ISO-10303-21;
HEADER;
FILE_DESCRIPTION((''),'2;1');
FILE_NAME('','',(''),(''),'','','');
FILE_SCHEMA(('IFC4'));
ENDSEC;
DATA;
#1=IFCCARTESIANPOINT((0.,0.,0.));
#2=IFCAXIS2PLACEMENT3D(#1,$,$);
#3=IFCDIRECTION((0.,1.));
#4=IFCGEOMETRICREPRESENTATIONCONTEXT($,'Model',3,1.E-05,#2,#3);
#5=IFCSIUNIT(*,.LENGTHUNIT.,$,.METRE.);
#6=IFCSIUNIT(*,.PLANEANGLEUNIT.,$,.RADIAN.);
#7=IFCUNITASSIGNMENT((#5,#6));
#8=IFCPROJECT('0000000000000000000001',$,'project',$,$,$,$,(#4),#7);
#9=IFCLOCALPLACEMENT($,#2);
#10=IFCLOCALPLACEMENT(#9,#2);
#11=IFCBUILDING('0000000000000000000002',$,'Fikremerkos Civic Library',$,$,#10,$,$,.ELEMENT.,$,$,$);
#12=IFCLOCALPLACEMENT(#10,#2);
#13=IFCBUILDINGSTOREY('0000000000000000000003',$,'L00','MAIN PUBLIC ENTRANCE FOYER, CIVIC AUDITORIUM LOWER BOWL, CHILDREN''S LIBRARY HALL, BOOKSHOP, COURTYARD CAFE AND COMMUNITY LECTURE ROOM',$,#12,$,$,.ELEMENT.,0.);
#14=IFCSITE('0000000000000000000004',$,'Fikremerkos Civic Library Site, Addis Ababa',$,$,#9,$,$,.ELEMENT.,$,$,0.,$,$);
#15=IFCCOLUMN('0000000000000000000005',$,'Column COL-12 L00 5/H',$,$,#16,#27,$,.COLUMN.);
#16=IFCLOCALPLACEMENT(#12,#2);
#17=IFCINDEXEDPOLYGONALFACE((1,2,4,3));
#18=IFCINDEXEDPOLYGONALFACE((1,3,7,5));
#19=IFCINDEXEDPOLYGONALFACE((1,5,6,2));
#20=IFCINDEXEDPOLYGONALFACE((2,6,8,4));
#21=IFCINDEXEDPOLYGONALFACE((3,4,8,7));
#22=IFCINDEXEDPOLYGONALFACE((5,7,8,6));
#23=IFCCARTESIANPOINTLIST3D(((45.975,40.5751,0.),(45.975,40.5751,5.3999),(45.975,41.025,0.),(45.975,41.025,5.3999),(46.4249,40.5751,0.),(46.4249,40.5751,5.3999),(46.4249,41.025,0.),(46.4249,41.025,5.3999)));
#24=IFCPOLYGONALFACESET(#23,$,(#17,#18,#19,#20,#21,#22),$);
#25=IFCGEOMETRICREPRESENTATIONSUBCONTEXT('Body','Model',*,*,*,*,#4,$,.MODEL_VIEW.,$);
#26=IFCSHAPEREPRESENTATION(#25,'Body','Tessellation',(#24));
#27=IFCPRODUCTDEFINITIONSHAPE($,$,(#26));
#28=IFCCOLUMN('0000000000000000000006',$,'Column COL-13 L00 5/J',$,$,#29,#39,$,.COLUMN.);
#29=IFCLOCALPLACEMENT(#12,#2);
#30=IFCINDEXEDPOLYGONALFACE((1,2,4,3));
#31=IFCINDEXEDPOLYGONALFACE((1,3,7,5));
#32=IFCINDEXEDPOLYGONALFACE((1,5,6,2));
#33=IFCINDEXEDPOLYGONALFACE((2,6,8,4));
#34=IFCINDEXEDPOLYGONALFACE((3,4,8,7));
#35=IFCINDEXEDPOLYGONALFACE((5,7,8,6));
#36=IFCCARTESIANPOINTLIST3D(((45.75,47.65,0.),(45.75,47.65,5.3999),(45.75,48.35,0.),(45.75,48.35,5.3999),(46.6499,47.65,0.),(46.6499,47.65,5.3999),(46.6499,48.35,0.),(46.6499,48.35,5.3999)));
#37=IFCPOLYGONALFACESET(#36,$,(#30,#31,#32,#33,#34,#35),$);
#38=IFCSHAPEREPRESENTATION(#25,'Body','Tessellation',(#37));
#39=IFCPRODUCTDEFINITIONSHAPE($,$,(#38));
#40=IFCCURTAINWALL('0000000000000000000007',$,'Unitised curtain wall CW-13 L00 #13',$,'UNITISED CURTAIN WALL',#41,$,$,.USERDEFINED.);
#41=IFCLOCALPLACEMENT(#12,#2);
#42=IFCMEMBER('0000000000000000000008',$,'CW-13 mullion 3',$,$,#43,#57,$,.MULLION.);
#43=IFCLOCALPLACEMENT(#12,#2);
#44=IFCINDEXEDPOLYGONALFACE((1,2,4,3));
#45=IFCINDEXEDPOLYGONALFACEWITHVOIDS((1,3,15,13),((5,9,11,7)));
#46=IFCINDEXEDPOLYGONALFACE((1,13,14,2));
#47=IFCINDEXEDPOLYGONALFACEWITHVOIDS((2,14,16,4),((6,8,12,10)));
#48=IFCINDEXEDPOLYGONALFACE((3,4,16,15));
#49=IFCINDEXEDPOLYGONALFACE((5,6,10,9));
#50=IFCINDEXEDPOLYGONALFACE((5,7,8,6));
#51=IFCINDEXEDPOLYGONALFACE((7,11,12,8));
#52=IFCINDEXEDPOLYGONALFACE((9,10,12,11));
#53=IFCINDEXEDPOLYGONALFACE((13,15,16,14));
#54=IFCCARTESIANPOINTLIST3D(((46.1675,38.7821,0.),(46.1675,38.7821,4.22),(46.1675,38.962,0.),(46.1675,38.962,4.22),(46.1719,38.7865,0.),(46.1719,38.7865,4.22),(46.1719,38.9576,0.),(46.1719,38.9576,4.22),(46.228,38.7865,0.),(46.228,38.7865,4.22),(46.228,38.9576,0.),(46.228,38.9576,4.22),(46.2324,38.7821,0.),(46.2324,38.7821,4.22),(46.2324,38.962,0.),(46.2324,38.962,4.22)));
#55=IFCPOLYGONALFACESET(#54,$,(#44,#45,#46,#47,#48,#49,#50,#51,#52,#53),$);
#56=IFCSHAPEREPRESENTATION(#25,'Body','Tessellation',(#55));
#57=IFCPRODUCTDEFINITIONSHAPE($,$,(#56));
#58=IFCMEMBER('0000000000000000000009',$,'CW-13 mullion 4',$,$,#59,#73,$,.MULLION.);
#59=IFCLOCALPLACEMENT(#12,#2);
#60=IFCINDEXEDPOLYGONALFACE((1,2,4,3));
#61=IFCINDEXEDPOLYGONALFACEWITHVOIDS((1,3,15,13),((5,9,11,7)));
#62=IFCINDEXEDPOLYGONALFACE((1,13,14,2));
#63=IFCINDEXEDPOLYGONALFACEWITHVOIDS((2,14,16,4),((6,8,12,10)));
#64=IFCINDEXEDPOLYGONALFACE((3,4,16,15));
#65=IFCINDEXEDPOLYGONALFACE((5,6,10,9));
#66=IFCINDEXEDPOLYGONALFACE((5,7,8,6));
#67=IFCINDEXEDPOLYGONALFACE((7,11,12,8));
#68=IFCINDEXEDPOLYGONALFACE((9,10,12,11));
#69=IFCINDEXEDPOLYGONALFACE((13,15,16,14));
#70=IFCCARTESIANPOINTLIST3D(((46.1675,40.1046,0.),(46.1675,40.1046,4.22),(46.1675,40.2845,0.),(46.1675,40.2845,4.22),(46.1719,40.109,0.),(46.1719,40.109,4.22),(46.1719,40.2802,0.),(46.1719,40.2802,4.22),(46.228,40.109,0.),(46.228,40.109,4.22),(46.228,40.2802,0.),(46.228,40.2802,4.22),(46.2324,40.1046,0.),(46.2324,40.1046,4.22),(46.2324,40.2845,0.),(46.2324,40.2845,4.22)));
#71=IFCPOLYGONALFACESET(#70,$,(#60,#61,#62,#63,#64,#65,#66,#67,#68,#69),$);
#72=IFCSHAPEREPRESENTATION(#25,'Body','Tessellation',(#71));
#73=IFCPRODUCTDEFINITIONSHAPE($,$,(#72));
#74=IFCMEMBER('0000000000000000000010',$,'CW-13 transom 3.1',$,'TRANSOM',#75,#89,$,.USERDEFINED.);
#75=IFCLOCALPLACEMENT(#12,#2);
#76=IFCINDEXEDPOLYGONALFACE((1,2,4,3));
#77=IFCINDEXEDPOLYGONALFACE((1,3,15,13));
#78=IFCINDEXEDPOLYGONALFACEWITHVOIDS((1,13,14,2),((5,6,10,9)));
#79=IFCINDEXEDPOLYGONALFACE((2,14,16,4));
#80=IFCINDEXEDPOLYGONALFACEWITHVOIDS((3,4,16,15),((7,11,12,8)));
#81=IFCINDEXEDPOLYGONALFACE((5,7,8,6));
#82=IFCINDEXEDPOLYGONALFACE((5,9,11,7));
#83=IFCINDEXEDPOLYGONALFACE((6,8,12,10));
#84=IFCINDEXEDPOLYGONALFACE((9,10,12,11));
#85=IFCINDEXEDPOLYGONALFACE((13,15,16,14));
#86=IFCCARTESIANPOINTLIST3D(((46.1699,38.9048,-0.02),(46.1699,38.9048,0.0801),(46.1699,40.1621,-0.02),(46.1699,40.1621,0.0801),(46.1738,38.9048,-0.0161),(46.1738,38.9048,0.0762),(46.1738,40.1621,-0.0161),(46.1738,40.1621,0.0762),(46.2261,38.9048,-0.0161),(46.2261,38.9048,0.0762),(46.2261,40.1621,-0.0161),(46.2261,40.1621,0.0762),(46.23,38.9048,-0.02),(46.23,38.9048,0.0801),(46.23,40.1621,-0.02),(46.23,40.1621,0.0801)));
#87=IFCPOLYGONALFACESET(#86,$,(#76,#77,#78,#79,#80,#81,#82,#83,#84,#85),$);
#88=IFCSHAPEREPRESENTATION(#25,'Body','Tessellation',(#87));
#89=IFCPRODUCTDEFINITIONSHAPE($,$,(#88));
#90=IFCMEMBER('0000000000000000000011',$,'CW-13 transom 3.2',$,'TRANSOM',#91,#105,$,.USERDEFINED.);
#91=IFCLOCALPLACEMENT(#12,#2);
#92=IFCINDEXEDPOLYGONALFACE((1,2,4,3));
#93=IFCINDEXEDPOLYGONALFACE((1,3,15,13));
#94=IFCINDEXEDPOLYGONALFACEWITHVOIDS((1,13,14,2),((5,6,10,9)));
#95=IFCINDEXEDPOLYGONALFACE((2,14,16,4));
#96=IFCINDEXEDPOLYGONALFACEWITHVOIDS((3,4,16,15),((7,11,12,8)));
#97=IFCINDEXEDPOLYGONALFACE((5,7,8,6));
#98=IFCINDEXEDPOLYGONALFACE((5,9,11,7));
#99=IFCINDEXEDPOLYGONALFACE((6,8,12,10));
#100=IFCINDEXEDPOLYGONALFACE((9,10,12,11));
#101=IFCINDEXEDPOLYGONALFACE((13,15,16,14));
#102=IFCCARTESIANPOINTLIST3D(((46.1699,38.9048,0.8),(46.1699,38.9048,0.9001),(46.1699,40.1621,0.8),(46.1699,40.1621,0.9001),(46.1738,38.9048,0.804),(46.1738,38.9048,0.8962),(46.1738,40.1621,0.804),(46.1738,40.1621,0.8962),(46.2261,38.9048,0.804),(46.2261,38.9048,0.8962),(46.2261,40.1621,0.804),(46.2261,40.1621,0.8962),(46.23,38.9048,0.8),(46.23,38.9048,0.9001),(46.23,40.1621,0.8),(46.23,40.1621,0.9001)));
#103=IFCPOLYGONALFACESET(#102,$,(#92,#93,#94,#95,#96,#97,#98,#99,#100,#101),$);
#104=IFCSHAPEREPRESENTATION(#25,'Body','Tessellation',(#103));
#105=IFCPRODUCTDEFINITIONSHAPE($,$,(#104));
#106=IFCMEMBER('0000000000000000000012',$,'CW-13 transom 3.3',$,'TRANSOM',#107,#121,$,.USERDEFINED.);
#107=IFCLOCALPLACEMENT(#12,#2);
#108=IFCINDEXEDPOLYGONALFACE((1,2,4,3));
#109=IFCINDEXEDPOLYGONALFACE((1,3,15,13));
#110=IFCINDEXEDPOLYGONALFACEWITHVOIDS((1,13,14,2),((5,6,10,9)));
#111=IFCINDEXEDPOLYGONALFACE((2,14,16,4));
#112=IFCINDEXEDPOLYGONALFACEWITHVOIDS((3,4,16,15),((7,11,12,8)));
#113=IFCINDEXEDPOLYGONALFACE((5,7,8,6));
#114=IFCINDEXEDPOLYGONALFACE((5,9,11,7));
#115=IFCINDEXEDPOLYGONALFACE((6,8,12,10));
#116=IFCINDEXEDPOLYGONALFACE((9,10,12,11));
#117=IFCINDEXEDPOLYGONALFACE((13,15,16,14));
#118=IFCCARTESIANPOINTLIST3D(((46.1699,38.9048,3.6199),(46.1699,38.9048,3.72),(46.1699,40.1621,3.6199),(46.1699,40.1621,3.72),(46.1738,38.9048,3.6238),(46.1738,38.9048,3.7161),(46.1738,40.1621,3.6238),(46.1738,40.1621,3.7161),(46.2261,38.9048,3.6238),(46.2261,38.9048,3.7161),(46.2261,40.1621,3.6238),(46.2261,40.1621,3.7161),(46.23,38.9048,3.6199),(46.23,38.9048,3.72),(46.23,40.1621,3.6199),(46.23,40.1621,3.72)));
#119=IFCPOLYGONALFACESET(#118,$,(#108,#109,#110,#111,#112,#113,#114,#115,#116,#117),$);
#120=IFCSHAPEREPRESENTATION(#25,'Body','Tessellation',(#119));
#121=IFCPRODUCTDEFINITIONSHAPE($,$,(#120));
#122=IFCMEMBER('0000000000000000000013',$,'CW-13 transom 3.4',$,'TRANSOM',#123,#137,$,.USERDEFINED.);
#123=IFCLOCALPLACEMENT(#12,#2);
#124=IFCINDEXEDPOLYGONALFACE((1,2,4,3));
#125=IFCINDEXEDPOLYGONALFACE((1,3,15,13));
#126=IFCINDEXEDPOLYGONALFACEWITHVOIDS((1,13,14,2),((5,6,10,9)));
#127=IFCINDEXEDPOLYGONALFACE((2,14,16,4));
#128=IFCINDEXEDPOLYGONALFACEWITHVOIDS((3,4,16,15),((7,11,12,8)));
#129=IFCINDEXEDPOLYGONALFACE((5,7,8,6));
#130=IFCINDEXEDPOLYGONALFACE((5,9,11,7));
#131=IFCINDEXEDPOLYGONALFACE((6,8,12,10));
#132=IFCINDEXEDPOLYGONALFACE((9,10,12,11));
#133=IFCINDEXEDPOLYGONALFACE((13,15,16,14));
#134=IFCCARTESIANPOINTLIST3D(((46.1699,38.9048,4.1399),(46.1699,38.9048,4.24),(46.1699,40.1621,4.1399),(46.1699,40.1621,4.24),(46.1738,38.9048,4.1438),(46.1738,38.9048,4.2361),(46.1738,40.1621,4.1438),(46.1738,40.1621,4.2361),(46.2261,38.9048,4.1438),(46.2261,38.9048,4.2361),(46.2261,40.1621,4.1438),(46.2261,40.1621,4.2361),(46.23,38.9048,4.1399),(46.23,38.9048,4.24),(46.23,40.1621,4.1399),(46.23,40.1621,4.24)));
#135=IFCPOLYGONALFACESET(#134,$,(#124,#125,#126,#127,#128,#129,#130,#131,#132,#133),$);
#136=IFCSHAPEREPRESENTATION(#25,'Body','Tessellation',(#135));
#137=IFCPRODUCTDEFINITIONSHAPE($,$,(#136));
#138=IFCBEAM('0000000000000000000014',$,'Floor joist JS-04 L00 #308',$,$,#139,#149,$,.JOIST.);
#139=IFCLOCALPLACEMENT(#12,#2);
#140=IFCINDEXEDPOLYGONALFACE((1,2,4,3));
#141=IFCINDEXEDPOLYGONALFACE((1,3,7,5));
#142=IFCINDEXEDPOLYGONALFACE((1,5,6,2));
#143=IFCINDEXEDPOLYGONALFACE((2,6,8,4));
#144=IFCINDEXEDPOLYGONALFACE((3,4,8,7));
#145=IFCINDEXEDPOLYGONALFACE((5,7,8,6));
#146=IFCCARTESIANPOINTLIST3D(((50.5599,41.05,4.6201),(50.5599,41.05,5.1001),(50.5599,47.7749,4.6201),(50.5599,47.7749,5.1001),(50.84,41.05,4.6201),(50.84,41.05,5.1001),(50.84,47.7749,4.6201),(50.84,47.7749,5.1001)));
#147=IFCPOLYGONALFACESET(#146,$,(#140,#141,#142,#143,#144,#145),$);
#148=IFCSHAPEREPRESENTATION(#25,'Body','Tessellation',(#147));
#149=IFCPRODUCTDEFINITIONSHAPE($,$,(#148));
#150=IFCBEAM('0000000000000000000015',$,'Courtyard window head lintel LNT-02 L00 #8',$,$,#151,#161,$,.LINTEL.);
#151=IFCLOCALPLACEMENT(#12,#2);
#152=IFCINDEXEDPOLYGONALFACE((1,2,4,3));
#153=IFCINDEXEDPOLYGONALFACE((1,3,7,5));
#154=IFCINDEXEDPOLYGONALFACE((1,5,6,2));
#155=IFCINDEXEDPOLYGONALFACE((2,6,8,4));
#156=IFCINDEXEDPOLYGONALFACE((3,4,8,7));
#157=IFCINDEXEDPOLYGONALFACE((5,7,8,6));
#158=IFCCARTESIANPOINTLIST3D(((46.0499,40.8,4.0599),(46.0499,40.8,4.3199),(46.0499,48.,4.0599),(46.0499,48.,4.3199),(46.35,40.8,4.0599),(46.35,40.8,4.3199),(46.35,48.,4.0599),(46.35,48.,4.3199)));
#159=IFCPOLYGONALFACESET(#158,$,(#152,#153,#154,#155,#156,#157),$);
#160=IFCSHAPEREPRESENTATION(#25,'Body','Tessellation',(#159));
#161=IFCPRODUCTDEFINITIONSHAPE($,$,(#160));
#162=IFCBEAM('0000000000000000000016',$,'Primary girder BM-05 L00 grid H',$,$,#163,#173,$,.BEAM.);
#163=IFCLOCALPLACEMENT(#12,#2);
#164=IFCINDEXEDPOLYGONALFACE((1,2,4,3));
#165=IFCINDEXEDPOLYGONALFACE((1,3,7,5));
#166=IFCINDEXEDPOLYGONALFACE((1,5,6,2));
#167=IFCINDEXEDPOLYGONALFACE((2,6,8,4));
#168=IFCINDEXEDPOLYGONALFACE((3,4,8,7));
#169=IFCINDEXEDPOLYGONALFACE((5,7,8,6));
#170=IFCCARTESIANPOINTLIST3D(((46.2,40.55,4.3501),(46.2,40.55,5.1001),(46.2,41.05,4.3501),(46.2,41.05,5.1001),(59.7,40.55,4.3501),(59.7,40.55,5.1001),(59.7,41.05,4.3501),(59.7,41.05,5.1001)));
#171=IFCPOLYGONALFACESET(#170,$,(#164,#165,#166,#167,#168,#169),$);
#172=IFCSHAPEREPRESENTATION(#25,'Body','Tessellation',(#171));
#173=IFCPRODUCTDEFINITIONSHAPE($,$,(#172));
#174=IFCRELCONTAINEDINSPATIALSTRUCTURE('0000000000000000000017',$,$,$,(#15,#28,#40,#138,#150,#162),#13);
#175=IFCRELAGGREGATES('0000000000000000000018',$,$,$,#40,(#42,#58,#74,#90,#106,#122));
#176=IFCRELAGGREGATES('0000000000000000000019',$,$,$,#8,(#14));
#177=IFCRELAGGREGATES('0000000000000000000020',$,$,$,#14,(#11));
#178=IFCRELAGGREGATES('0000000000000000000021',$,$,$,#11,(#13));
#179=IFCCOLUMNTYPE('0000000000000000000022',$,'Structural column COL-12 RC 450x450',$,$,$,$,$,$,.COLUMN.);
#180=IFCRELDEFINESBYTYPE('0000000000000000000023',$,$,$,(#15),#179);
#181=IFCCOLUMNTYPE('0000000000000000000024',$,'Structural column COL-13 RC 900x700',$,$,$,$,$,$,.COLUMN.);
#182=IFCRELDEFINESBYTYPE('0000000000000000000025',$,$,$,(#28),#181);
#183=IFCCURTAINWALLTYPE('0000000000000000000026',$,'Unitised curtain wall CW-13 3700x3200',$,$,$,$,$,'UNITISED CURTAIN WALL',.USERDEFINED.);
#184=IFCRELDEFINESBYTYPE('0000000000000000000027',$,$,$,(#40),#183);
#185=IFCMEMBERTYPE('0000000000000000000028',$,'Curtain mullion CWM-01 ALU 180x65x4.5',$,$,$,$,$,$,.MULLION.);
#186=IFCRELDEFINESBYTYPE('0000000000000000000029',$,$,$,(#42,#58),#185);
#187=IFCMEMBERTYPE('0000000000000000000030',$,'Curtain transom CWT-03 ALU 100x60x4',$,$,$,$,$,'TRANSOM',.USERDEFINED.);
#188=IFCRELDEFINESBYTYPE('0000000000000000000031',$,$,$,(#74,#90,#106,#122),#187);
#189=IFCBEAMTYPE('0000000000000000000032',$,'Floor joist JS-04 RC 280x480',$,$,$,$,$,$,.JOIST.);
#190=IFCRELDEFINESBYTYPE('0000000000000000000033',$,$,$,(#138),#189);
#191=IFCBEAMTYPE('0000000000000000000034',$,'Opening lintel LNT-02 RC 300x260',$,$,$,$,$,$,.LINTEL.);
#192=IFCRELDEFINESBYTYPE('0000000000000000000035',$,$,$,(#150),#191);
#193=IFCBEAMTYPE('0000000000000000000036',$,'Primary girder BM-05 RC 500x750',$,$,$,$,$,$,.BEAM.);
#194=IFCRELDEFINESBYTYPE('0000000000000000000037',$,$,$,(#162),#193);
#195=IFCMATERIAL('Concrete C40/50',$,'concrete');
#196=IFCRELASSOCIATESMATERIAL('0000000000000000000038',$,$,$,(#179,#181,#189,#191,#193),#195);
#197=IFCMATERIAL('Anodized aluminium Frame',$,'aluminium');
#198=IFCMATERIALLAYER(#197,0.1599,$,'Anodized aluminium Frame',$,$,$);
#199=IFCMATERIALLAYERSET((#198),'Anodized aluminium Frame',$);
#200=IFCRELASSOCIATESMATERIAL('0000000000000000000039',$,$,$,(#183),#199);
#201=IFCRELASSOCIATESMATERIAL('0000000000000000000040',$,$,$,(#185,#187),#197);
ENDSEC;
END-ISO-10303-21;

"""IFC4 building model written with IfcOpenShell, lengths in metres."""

from ifc_helpers import new_model, si_unit, direction, frame, origin, origin_2d, place, context, subcontext, project, spatial, rectangle, hollow_rectangle, extrude, material, layer, layer_set, material_profile, profile_set, type_object, element, aggregate, save


model = new_model("IFC4")

# Units and contexts
model_context = context("Model", 3, precision=1e-05, world=origin(), true_north=direction((0.0, 1.0)))
body_context = subcontext(model_context, "Body", "Model", "MODEL_VIEW")
ifc_project = project(units=[si_unit("LENGTHUNIT", "METRE"), si_unit("PLANEANGLEUNIT", "RADIAN")], contexts=[model_context])

# Site, building, storey
site_placement = place(None, origin())
site = spatial("IfcSite", under=ifc_project, at=site_placement, Name="Fikremerkos Civic Library Site, Addis Ababa", CompositionType="ELEMENT", RefElevation=0.0)
building_placement = place(site_placement, origin())
building = spatial("IfcBuilding", under=site, at=building_placement, Name="Fikremerkos Civic Library", CompositionType="ELEMENT")
storey_placement = place(building_placement, origin())
storey = spatial("IfcBuildingStorey", under=building, at=storey_placement, Name="L00", Description="MAIN PUBLIC ENTRANCE FOYER, CIVIC AUDITORIUM LOWER BOWL, CHILDREN'S LIBRARY HALL, BOOKSHOP, COURTYARD CAFE AND COMMUNITY LECTURE ROOM", CompositionType="ELEMENT", Elevation=0.0)

# Columns
ifc_material_1 = material(Name="Concrete C40/50", Category="concrete")
ifc_material_profile_1 = material_profile(ifc_material_1, rectangle(XDim=0.45, YDim=0.45, at=origin_2d()), Name="RC 450x450")
ifc_profile_set_1 = profile_set([ifc_material_profile_1], Name="Concrete C40/50")
column_type_1 = type_object("IfcColumnType", Name="Structural column COL-12 RC 450x450", PredefinedType="COLUMN", material=ifc_profile_set_1)
column_1_placement = place(storey_placement, frame((46.2, 40.8, 0.0), z_axis=(0.0, 0.0, 1.0), x_axis=(1.0, 0.0, 0.0)))
element("IfcColumn", 1, at=column_1_placement, inside=storey, type_object=column_type_1, Name="Column COL-12 L00 5/H", PredefinedType="COLUMN", context=body_context, shape_type="SweptSolid", body=[
    extrude(rectangle(XDim=0.45, YDim=0.45, at=origin_2d()), origin(), (0.0, 0.0, 1.0), 5.3999),
])
ifc_material_profile_2 = material_profile(ifc_material_1, rectangle(XDim=0.8999, YDim=0.7, at=origin_2d()), Name="RC 900x700")
ifc_profile_set_2 = profile_set([ifc_material_profile_2], Name="Concrete C40/50")
column_type_2 = type_object("IfcColumnType", Name="Structural column COL-13 RC 900x700", PredefinedType="COLUMN", material=ifc_profile_set_2)
column_2_placement = place(storey_placement, frame((46.2, 48.0, 0.0), z_axis=(0.0, 0.0, 1.0), x_axis=(1.0, 0.0, 0.0)))
element("IfcColumn", 2, at=column_2_placement, inside=storey, type_object=column_type_2, Name="Column COL-13 L00 5/J", PredefinedType="COLUMN", context=body_context, shape_type="SweptSolid", body=[
    extrude(rectangle(XDim=0.8999, YDim=0.7, at=origin_2d()), origin(), (0.0, 0.0, 1.0), 5.3999),
])

# Curtain wall, members
ifc_material_2 = material(Name="Anodized aluminium Frame", Category="aluminium")
ifc_layer_1 = layer(ifc_material_2, 0.1599, Name="Anodized aluminium Frame")
ifc_layer_set_1 = layer_set([ifc_layer_1], Name="Anodized aluminium Frame")
curtain_wall_type = type_object("IfcCurtainWallType", Name="Unitised curtain wall CW-13 3700x3200", ElementType="UNITISED CURTAIN WALL", PredefinedType="USERDEFINED", material=ifc_layer_set_1)
curtain_wall_placement = place(storey_placement, origin())
curtain_wall = element("IfcCurtainWall", 3, at=curtain_wall_placement, inside=storey, type_object=curtain_wall_type, Name="Unitised curtain wall CW-13 L00 #13", ObjectType="UNITISED CURTAIN WALL", PredefinedType="USERDEFINED")
ifc_material_profile_3 = material_profile(ifc_material_2, hollow_rectangle(XDim=0.0649, YDim=0.1799, WallThickness=0.0044, at=origin_2d()), Name="ALU 180x65x4.5")
ifc_profile_set_3 = profile_set([ifc_material_profile_3], Name="Anodized aluminium Frame")
member_type_1 = type_object("IfcMemberType", Name="Curtain mullion CWM-01 ALU 180x65x4.5", PredefinedType="MULLION", material=ifc_profile_set_3)
member_1_placement = place(storey_placement, frame((46.2, 38.8721, 0.0), z_axis=(0.0, 0.0, 1.0), x_axis=(-1.0, 0.0, 0.0)))
member_1 = element("IfcMember", 4, at=member_1_placement, type_object=member_type_1, Name="CW-13 mullion 3", PredefinedType="MULLION", context=body_context, shape_type="SweptSolid", body=[
    extrude(hollow_rectangle(XDim=0.0649, YDim=0.1799, WallThickness=0.0044, at=origin_2d()), origin(), (0.0, 0.0, 1.0), 4.22),
])
member_2_placement = place(storey_placement, frame((46.2, 40.1946, 0.0), z_axis=(0.0, 0.0, 1.0), x_axis=(-1.0, 0.0, 0.0)))
member_2 = element("IfcMember", 5, at=member_2_placement, type_object=member_type_1, Name="CW-13 mullion 4", PredefinedType="MULLION", context=body_context, shape_type="SweptSolid", body=[
    extrude(hollow_rectangle(XDim=0.0649, YDim=0.1799, WallThickness=0.0044, at=origin_2d()), origin(), (0.0, 0.0, 1.0), 4.22),
])
ifc_material_profile_4 = material_profile(ifc_material_2, hollow_rectangle(XDim=0.0601, YDim=0.1001, WallThickness=0.0039, at=origin_2d()), Name="ALU 100x60x4")
ifc_profile_set_4 = profile_set([ifc_material_profile_4], Name="Anodized aluminium Frame")
member_type_2 = type_object("IfcMemberType", Name="Curtain transom CWT-03 ALU 100x60x4", ElementType="TRANSOM", PredefinedType="USERDEFINED", material=ifc_profile_set_4)
member_3_placement = place(storey_placement, frame((46.2, 38.9048, 0.03), z_axis=(0.0, 1.0, 0.0), x_axis=(-1.0, 0.0, 0.0)))
member_3 = element("IfcMember", 6, at=member_3_placement, type_object=member_type_2, Name="CW-13 transom 3.1", ObjectType="TRANSOM", PredefinedType="USERDEFINED", context=body_context, shape_type="SweptSolid", body=[
    extrude(hollow_rectangle(XDim=0.0601, YDim=0.1001, WallThickness=0.0039, at=origin_2d()), origin(), (0.0, 0.0, 1.0), 1.2573),
])
member_4_placement = place(storey_placement, frame((46.2, 38.9048, 0.8501), z_axis=(0.0, 1.0, 0.0), x_axis=(-1.0, 0.0, 0.0)))
member_4 = element("IfcMember", 7, at=member_4_placement, type_object=member_type_2, Name="CW-13 transom 3.2", ObjectType="TRANSOM", PredefinedType="USERDEFINED", context=body_context, shape_type="SweptSolid", body=[
    extrude(hollow_rectangle(XDim=0.0601, YDim=0.1001, WallThickness=0.0039, at=origin_2d()), origin(), (0.0, 0.0, 1.0), 1.2573),
])
member_5_placement = place(storey_placement, frame((46.2, 38.9048, 3.6699), z_axis=(0.0, 1.0, 0.0), x_axis=(-1.0, 0.0, 0.0)))
member_5 = element("IfcMember", 8, at=member_5_placement, type_object=member_type_2, Name="CW-13 transom 3.3", ObjectType="TRANSOM", PredefinedType="USERDEFINED", context=body_context, shape_type="SweptSolid", body=[
    extrude(hollow_rectangle(XDim=0.0601, YDim=0.1001, WallThickness=0.0039, at=origin_2d()), origin(), (0.0, 0.0, 1.0), 1.2573),
])
member_6_placement = place(storey_placement, frame((46.2, 38.9048, 4.1899), z_axis=(0.0, 1.0, 0.0), x_axis=(-1.0, 0.0, 0.0)))
member_6 = element("IfcMember", 9, at=member_6_placement, type_object=member_type_2, Name="CW-13 transom 3.4", ObjectType="TRANSOM", PredefinedType="USERDEFINED", context=body_context, shape_type="SweptSolid", body=[
    extrude(hollow_rectangle(XDim=0.0601, YDim=0.1001, WallThickness=0.0039, at=origin_2d()), origin(), (0.0, 0.0, 1.0), 1.2573),
])

# Beams
ifc_material_profile_5 = material_profile(ifc_material_1, rectangle(XDim=0.28, YDim=0.48, at=origin_2d()), Name="RC 280x480")
ifc_profile_set_5 = profile_set([ifc_material_profile_5], Name="Concrete C40/50")
beam_type_1 = type_object("IfcBeamType", Name="Floor joist JS-04 RC 280x480", PredefinedType="JOIST", material=ifc_profile_set_5)
beam_1_placement = place(storey_placement, frame((50.7, 41.05, 4.8601), z_axis=(0.0, 1.0, 0.0), x_axis=(-1.0, 0.0, 0.0)))
element("IfcBeam", 10, at=beam_1_placement, inside=storey, type_object=beam_type_1, Name="Floor joist JS-04 L00 #308", PredefinedType="JOIST", context=body_context, shape_type="SweptSolid", body=[
    extrude(rectangle(XDim=0.28, YDim=0.48, at=origin_2d()), origin(), (0.0, 0.0, 1.0), 6.7249),
])
ifc_material_profile_6 = material_profile(ifc_material_1, rectangle(XDim=0.3, YDim=0.26, at=origin_2d()), Name="RC 300x260")
ifc_profile_set_6 = profile_set([ifc_material_profile_6], Name="Concrete C40/50")
beam_type_2 = type_object("IfcBeamType", Name="Opening lintel LNT-02 RC 300x260", PredefinedType="LINTEL", material=ifc_profile_set_6)
beam_2_placement = place(storey_placement, frame((46.2, 40.8, 4.1899), z_axis=(0.0, 1.0, 0.0), x_axis=(-1.0, 0.0, 0.0)))
element("IfcBeam", 11, at=beam_2_placement, inside=storey, type_object=beam_type_2, Name="Courtyard window head lintel LNT-02 L00 #8", PredefinedType="LINTEL", context=body_context, shape_type="SweptSolid", body=[
    extrude(rectangle(XDim=0.3, YDim=0.26, at=origin_2d()), origin(), (0.0, 0.0, 1.0), 7.2),
])
ifc_material_profile_7 = material_profile(ifc_material_1, rectangle(XDim=0.5, YDim=0.75, at=origin_2d()), Name="RC 500x750")
ifc_profile_set_7 = profile_set([ifc_material_profile_7], Name="Concrete C40/50")
beam_type_3 = type_object("IfcBeamType", Name="Primary girder BM-05 RC 500x750", PredefinedType="BEAM", material=ifc_profile_set_7)
beam_3_placement = place(storey_placement, frame((46.2, 40.8, 4.7251), z_axis=(1.0, 0.0, 0.0), x_axis=(0.0, 1.0, 0.0)))
element("IfcBeam", 12, at=beam_3_placement, inside=storey, type_object=beam_type_3, Name="Primary girder BM-05 L00 grid H", PredefinedType="BEAM", context=body_context, shape_type="SweptSolid", body=[
    extrude(rectangle(XDim=0.5, YDim=0.75, at=origin_2d()), origin(), (0.0, 0.0, 1.0), 13.5),
])

aggregate(curtain_wall, [member_1, member_2, member_3, member_4, member_5, member_6])

save(model, "model.ifc")
